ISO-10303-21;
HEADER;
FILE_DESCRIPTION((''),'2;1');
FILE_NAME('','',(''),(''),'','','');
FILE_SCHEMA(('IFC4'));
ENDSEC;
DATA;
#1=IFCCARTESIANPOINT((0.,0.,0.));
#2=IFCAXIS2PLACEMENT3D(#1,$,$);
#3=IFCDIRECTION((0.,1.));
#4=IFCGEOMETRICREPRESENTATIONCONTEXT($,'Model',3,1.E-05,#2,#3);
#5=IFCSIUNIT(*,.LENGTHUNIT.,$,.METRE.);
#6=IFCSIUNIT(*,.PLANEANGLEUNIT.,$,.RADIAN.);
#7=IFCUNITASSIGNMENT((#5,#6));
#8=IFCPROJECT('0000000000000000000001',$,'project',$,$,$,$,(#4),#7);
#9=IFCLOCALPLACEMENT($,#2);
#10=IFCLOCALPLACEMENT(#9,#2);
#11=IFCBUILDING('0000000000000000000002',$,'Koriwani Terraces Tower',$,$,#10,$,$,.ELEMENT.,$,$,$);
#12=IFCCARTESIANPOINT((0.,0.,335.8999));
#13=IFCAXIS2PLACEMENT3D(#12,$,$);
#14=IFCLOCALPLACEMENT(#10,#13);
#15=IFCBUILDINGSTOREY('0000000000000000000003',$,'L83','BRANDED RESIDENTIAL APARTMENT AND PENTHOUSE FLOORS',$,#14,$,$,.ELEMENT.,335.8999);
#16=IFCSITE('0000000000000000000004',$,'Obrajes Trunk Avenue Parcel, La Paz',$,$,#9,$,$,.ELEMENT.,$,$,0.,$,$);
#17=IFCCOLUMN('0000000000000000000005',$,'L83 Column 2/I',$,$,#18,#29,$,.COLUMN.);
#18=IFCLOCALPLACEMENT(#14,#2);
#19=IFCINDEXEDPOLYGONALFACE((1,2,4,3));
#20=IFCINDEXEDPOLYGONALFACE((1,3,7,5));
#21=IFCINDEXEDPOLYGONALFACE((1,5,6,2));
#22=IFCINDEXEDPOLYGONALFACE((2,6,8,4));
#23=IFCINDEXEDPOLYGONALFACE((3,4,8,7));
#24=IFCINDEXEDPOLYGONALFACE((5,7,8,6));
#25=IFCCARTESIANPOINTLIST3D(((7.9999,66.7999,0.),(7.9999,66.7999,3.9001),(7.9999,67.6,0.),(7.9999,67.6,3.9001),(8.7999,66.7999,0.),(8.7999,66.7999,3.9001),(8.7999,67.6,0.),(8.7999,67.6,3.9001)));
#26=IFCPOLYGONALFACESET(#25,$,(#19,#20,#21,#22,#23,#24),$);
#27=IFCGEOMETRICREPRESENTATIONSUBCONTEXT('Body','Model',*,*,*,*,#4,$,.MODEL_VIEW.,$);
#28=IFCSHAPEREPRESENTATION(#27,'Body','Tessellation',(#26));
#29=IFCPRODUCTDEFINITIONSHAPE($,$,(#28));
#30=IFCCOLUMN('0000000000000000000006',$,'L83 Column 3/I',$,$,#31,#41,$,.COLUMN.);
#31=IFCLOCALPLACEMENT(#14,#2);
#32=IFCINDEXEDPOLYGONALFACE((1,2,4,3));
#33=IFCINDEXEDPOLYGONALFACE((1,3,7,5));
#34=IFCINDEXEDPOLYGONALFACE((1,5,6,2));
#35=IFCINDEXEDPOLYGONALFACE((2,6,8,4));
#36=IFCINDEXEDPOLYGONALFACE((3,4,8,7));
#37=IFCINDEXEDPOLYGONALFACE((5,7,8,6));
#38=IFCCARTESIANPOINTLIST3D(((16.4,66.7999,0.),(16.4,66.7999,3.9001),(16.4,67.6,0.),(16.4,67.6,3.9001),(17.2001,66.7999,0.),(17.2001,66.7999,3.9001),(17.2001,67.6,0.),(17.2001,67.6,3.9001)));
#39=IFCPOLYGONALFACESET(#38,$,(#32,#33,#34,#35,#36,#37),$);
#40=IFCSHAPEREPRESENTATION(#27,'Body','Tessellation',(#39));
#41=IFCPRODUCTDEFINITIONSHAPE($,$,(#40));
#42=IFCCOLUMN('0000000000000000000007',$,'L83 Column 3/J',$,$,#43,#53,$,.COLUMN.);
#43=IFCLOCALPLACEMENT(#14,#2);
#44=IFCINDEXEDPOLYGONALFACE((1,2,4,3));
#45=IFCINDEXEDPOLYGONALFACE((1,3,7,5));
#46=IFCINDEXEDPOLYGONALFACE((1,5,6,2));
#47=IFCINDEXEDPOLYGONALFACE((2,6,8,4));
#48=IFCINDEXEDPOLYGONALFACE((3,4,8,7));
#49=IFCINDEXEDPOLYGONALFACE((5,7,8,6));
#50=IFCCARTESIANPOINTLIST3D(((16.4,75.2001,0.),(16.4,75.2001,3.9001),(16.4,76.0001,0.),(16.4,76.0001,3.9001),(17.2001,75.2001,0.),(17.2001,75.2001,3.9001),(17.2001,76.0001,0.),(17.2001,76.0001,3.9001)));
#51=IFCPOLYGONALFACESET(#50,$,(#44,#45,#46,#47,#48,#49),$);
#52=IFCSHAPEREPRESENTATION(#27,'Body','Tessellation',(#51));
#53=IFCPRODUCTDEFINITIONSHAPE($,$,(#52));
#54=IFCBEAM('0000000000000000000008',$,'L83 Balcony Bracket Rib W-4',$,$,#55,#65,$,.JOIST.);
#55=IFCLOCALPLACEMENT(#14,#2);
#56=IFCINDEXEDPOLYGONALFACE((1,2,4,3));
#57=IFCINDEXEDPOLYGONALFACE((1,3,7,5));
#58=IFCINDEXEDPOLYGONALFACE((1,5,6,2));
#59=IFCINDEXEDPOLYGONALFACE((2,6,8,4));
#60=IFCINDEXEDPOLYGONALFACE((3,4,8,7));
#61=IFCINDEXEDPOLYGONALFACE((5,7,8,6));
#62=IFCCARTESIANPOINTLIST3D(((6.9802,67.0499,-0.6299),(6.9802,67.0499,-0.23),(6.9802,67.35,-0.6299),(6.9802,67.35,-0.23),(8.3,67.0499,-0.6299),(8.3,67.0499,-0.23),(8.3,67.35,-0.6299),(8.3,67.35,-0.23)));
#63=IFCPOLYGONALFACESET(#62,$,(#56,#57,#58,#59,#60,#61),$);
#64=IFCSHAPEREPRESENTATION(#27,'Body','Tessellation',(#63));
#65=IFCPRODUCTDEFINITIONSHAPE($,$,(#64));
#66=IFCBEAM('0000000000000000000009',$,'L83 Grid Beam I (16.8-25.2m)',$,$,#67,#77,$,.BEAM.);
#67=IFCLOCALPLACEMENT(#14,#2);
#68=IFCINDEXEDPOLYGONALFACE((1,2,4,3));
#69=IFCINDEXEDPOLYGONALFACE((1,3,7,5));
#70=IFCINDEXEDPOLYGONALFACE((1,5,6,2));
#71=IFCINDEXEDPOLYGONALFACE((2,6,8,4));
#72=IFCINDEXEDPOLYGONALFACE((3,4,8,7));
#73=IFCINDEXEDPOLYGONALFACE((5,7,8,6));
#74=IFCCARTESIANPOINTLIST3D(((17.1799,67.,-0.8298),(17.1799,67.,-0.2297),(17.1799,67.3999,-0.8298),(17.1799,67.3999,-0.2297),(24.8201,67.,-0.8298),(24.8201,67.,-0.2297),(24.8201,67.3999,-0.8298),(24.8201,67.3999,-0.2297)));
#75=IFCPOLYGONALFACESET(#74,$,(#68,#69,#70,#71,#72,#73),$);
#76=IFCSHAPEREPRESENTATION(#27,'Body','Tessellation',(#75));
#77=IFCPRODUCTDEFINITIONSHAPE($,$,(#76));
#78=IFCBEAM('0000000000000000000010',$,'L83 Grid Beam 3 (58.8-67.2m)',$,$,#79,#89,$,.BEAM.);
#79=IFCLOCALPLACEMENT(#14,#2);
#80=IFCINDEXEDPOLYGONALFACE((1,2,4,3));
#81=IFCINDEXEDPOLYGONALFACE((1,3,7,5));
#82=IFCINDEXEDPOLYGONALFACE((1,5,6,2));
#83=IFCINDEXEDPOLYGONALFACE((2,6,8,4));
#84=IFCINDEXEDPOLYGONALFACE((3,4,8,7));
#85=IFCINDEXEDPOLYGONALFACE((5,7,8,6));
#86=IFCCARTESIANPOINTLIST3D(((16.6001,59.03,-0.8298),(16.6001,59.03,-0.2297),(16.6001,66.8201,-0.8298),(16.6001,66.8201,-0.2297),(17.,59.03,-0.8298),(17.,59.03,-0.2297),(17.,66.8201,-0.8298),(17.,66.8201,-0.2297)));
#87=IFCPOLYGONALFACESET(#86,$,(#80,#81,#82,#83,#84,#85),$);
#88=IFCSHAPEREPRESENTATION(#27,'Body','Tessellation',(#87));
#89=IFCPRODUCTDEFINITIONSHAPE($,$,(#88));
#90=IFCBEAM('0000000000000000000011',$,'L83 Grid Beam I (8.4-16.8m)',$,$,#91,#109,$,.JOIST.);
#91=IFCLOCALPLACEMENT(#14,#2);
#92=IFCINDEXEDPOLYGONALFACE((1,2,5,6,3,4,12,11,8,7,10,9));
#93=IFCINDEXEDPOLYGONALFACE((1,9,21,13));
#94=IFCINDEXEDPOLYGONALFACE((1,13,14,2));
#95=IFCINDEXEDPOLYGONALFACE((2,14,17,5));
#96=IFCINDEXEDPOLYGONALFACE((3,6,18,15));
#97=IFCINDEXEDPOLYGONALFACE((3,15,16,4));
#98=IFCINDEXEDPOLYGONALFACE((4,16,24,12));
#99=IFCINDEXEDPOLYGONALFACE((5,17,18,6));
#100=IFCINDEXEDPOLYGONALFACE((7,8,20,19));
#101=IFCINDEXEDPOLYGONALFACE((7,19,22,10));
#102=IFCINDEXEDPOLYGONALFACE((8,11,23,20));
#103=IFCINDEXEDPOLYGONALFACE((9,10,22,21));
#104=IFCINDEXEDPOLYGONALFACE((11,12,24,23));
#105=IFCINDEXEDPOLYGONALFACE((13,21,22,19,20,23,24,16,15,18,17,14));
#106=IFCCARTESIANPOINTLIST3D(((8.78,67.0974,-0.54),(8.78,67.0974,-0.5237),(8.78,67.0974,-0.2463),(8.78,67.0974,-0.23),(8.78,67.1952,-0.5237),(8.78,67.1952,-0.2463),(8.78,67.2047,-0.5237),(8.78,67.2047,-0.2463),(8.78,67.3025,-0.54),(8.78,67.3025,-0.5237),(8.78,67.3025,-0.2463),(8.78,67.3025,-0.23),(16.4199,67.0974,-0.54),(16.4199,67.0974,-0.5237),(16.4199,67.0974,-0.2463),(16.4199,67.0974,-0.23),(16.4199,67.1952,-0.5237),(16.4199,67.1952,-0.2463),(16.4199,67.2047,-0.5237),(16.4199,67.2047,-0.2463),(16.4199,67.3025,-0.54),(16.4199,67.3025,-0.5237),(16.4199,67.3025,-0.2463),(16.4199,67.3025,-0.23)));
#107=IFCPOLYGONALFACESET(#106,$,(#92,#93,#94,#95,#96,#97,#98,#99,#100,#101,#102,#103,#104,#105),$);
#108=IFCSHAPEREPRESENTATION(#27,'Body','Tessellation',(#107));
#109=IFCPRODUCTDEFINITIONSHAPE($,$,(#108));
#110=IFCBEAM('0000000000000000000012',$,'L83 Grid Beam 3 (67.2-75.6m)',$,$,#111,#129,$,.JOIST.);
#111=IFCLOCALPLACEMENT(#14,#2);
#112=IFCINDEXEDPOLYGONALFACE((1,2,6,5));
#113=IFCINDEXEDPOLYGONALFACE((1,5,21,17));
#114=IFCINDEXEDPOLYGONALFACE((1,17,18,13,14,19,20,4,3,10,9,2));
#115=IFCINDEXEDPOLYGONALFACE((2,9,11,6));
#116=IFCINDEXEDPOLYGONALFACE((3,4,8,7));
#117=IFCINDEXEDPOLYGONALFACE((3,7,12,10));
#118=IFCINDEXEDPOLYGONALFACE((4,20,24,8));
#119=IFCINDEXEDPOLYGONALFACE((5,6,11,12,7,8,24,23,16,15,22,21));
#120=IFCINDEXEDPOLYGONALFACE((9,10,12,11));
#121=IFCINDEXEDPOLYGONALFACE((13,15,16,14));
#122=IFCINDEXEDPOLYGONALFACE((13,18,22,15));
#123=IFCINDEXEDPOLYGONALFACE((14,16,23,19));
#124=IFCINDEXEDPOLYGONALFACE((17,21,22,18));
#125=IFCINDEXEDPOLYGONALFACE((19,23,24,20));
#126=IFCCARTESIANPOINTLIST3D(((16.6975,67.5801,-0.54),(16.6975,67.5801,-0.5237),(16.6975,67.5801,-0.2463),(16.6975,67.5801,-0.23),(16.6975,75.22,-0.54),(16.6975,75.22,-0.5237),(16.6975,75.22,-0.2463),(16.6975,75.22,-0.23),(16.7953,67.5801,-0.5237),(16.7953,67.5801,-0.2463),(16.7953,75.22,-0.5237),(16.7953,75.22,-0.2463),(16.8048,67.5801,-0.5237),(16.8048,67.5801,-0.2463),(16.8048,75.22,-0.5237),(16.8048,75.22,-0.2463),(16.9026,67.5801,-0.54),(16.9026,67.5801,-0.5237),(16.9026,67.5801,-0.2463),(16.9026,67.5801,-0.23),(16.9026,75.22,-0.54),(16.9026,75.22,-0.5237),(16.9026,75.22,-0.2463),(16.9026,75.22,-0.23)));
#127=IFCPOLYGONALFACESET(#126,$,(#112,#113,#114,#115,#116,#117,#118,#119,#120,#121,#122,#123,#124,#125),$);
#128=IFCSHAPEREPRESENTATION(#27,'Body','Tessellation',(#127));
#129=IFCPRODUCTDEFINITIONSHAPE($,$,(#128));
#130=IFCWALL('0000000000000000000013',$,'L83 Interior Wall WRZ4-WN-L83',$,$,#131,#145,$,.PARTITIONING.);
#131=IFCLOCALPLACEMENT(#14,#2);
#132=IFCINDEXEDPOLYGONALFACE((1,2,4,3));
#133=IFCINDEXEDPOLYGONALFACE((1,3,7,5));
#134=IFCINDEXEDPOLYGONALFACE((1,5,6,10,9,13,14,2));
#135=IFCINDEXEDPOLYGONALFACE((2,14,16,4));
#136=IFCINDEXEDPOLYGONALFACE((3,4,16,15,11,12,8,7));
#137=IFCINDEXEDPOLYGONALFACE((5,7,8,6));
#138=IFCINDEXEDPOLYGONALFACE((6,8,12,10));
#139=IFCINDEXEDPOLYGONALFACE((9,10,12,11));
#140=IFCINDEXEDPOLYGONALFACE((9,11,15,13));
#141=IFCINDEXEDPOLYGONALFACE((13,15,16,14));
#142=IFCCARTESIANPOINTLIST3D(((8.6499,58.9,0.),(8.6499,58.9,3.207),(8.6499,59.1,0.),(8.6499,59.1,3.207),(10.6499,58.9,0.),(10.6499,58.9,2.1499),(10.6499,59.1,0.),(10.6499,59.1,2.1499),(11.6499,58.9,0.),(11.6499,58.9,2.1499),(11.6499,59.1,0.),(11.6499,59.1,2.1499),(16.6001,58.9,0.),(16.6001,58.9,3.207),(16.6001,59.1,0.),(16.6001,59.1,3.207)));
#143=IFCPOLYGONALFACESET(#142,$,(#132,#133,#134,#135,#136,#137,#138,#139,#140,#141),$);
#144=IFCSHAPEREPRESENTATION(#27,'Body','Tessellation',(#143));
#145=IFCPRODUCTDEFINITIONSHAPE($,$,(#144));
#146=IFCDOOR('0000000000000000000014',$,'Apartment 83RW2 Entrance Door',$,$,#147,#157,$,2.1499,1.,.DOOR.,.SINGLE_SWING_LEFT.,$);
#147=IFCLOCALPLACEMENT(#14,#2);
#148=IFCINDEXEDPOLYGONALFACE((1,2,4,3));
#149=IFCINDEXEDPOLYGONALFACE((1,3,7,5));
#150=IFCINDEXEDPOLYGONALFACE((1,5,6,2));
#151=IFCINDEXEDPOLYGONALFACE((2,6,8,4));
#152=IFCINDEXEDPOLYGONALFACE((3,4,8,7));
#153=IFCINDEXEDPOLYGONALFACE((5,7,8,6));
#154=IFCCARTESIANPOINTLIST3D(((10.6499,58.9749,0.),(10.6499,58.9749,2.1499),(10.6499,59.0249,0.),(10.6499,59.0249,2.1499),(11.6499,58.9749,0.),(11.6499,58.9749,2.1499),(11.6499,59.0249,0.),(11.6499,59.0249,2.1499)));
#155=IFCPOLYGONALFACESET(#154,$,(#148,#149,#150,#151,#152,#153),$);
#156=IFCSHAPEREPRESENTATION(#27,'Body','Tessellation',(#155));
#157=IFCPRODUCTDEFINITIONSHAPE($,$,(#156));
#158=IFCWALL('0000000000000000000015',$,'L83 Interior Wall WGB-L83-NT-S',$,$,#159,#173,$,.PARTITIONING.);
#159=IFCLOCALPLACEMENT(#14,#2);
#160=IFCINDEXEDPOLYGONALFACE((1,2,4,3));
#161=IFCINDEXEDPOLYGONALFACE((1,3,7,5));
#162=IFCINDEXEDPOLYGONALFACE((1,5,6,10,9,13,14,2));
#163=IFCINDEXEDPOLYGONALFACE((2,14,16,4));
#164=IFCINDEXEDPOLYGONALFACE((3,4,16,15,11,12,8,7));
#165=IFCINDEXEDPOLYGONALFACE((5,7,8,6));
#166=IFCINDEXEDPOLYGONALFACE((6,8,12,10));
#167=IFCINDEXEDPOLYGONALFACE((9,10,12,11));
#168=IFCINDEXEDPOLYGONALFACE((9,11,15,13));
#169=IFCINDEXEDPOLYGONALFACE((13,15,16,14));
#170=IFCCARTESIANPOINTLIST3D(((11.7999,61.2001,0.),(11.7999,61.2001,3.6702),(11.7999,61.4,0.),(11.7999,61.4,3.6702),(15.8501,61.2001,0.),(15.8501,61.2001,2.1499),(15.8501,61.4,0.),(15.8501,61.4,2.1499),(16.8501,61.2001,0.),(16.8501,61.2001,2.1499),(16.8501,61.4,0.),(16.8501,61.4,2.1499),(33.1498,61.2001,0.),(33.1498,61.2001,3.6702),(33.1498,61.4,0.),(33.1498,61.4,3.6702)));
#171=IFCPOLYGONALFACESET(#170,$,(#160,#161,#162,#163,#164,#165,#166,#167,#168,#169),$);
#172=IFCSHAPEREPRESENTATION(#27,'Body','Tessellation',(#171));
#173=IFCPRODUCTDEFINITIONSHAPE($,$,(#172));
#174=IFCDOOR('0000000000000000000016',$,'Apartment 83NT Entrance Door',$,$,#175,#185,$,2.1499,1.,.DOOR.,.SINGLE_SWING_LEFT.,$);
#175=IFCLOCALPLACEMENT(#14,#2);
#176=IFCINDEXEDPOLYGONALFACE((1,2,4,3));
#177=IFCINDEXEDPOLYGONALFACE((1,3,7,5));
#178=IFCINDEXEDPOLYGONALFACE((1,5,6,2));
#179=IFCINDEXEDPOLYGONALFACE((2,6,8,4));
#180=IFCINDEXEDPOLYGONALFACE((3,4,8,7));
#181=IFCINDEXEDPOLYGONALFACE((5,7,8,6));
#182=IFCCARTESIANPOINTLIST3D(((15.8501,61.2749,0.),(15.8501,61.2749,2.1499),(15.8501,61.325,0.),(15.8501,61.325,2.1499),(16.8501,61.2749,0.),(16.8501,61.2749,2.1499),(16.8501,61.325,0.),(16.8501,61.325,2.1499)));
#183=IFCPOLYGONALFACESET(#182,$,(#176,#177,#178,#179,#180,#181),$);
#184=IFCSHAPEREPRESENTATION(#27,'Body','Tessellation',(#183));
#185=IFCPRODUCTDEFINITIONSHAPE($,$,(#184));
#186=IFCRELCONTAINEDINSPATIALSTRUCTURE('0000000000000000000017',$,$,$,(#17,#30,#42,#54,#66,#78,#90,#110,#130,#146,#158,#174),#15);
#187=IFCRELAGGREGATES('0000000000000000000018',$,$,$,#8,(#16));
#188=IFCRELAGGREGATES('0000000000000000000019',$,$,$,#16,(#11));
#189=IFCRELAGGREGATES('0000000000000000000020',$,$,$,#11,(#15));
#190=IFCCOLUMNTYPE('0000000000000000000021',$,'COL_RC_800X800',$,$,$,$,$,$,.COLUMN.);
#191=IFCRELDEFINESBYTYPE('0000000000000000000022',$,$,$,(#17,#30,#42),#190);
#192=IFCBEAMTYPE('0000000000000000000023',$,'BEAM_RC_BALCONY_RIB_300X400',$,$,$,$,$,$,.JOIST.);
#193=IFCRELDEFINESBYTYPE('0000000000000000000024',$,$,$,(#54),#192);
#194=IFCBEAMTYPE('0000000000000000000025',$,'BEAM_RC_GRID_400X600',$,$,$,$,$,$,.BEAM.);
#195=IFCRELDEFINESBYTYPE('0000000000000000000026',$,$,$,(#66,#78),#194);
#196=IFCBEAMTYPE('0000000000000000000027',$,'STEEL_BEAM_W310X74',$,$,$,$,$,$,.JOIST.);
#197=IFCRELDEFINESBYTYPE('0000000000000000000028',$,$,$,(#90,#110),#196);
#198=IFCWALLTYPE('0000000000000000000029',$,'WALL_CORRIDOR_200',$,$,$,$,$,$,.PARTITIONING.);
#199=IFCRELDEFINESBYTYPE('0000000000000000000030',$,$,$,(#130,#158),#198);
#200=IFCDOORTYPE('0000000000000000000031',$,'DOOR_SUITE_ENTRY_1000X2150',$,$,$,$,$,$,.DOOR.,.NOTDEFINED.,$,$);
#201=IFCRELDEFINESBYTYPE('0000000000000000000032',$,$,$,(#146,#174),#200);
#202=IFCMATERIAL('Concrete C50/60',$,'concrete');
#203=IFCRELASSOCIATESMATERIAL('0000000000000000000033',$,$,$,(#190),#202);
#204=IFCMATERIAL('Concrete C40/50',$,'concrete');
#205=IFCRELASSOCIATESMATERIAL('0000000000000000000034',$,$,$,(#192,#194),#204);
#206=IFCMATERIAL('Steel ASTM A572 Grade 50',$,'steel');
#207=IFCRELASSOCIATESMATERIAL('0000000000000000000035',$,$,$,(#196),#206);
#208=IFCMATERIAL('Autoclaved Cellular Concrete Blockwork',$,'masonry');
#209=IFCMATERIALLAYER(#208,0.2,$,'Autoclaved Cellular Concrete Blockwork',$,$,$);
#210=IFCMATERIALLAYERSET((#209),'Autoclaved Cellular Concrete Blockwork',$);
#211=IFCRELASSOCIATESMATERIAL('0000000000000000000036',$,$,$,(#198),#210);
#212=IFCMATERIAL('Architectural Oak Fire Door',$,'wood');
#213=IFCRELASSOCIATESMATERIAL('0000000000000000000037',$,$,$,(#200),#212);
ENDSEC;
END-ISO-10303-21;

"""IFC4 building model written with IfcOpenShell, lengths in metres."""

from ifc_helpers import new_model, si_unit, direction, frame, frame_2d, origin, origin_2d, place, context, subcontext, project, spatial, rectangle, i_section, extrude, material, layer, layer_set, material_profile, profile_set, type_object, element, fill, save


model = new_model("IFC4")

# Units and contexts
model_context = context("Model", 3, precision=1e-05, world=origin(), true_north=direction((0.0, 1.0)))
body_context = subcontext(model_context, "Body", "Model", "MODEL_VIEW")
ifc_project = project(units=[si_unit("LENGTHUNIT", "METRE"), si_unit("PLANEANGLEUNIT", "RADIAN")], contexts=[model_context])

# Site, building, storey
site_placement = place(None, origin())
site = spatial("IfcSite", under=ifc_project, at=site_placement, Name="Obrajes Trunk Avenue Parcel, La Paz", CompositionType="ELEMENT", RefElevation=0.0)
building_placement = place(site_placement, origin())
building = spatial("IfcBuilding", under=site, at=building_placement, Name="Koriwani Terraces Tower", CompositionType="ELEMENT")
storey_placement = place(building_placement, frame((0.0, 0.0, 335.8999)))
storey = spatial("IfcBuildingStorey", under=building, at=storey_placement, Name="L83", Description="BRANDED RESIDENTIAL APARTMENT AND PENTHOUSE FLOORS", CompositionType="ELEMENT", Elevation=335.8999)

# Columns
ifc_material_1 = material(Name="Concrete C50/60", Category="concrete")
ifc_material_profile_1 = material_profile(ifc_material_1, rectangle(XDim=0.8, YDim=0.8, at=origin_2d()), Name="Concrete C50/60", Category="LoadBearing")
ifc_profile_set_1 = profile_set([ifc_material_profile_1], Name="Concrete C50/60")
column_type = type_object("IfcColumnType", Name="COL_RC_800X800", PredefinedType="COLUMN", material=ifc_profile_set_1)
for number, where, z_axis, x_axis, name in (
    (1, (8.3999, 67.2, 0.0), (0.0, 0.0, 1.0), (1.0, 0.0, 0.0), "L83 Column 2/I"),
    (2, (16.8, 67.2, 0.0), (0.0, 0.0, 1.0), (1.0, 0.0, 0.0), "L83 Column 3/I"),
    (3, (16.8, 75.6001, 0.0), (0.0, 0.0, 1.0), (1.0, 0.0, 0.0), "L83 Column 3/J"),
):
    element("IfcColumn", number, at=place(storey_placement, frame(where, z_axis=z_axis, x_axis=x_axis)), inside=storey, type_object=column_type, Name=name, PredefinedType="COLUMN", context=body_context, shape_type="SweptSolid", body=[
        extrude(rectangle(XDim=0.8, YDim=0.8, at=origin_2d()), origin(), (0.0, 0.0, 1.0), 3.9001),
    ])

# Beams
ifc_material_2 = material(Name="Concrete C40/50", Category="concrete")
ifc_material_profile_2 = material_profile(ifc_material_2, rectangle(XDim=0.3, YDim=0.3999, at=origin_2d()), Name="Concrete C40/50", Category="LoadBearing")
ifc_profile_set_2 = profile_set([ifc_material_profile_2], Name="Concrete C40/50")
beam_type_1 = type_object("IfcBeamType", Name="BEAM_RC_BALCONY_RIB_300X400", PredefinedType="JOIST", material=ifc_profile_set_2)
beam_1_placement = place(storey_placement, frame((6.9802, 67.2, -0.4299), z_axis=(1.0, 0.0, 0.0), x_axis=(0.0, 1.0, 0.0)))
element("IfcBeam", 4, at=beam_1_placement, inside=storey, type_object=beam_type_1, Name="L83 Balcony Bracket Rib W-4", PredefinedType="JOIST", context=body_context, shape_type="SweptSolid", body=[
    extrude(rectangle(XDim=0.3, YDim=0.3999, at=origin_2d()), origin(), (0.0, 0.0, 1.0), 1.3198),
])
ifc_material_profile_3 = material_profile(ifc_material_2, rectangle(XDim=0.3999, YDim=0.6001, at=origin_2d()), Name="Concrete C40/50", Category="LoadBearing")
ifc_profile_set_3 = profile_set([ifc_material_profile_3], Name="Concrete C40/50")
beam_type_2 = type_object("IfcBeamType", Name="BEAM_RC_GRID_400X600", PredefinedType="BEAM", material=ifc_profile_set_3)
beam_2_placement = place(storey_placement, frame((17.1799, 67.2, -0.5298), z_axis=(1.0, 0.0, 0.0), x_axis=(0.0, 1.0, 0.0)))
element("IfcBeam", 5, at=beam_2_placement, inside=storey, type_object=beam_type_2, Name="L83 Grid Beam I (16.8-25.2m)", PredefinedType="BEAM", context=body_context, shape_type="SweptSolid", body=[
    extrude(rectangle(XDim=0.3999, YDim=0.6001, at=origin_2d()), origin(), (0.0, 0.0, 1.0), 7.6401),
])
beam_3_placement = place(storey_placement, frame((16.8, 59.03, -0.5298), z_axis=(0.0, 1.0, 0.0), x_axis=(-1.0, 0.0, 0.0)))
element("IfcBeam", 6, at=beam_3_placement, inside=storey, type_object=beam_type_2, Name="L83 Grid Beam 3 (58.8-67.2m)", PredefinedType="BEAM", context=body_context, shape_type="SweptSolid", body=[
    extrude(rectangle(XDim=0.3999, YDim=0.6001, at=origin_2d()), origin(), (0.0, 0.0, 1.0), 7.79),
])
ifc_material_3 = material(Name="Steel ASTM A572 Grade 50", Category="steel")
ifc_material_profile_4 = material_profile(ifc_material_3, i_section(OverallWidth=0.2051, OverallDepth=0.3101, WebThickness=0.0095, FlangeThickness=0.0164, at=origin_2d()), Name="Steel ASTM A572 Grade 50", Category="LoadBearing")
ifc_profile_set_4 = profile_set([ifc_material_profile_4], Name="Steel ASTM A572 Grade 50")
beam_type_3 = type_object("IfcBeamType", Name="STEEL_BEAM_W310X74", PredefinedType="JOIST", material=ifc_profile_set_4)
for number, where, z_axis, x_axis, name in (
    (7, (8.78, 67.2, -0.385), (1.0, 0.0, 0.0), (0.0, 1.0, 0.0), "L83 Grid Beam I (8.4-16.8m)"),
    (8, (16.8, 67.5801, -0.385), (0.0, 1.0, 0.0), (-1.0, 0.0, 0.0), "L83 Grid Beam 3 (67.2-75.6m)"),
):
    element("IfcBeam", number, at=place(storey_placement, frame(where, z_axis=z_axis, x_axis=x_axis)), inside=storey, type_object=beam_type_3, Name=name, PredefinedType="JOIST", context=body_context, shape_type="SweptSolid", body=[
        extrude(i_section(OverallWidth=0.2051, OverallDepth=0.3101, WebThickness=0.0095, FlangeThickness=0.0164, at=origin_2d()), origin(), (0.0, 0.0, 1.0), 7.6399),
    ])

# Walls, openings, doors
ifc_material_4 = material(Name="Autoclaved Cellular Concrete Blockwork", Category="masonry")
ifc_layer_1 = layer(ifc_material_4, 0.2, Name="Autoclaved Cellular Concrete Blockwork")
ifc_layer_set_1 = layer_set([ifc_layer_1], Name="Autoclaved Cellular Concrete Blockwork")
wall_type_1 = type_object("IfcWallType", Name="WALL_CORRIDOR_200", PredefinedType="PARTITIONING", material=ifc_layer_set_1)
wall_1_placement = place(storey_placement, frame((8.6499, 59.0, 0.0), z_axis=(0.0, 0.0, 1.0), x_axis=(1.0, 0.0, 0.0)))
wall_1 = element("IfcWall", 9, at=wall_1_placement, inside=storey, type_object=wall_type_1, Name="L83 Interior Wall WRZ4-WN-L83", PredefinedType="PARTITIONING", context=body_context, shape_type="SweptSolid", body=[
    extrude(rectangle(XDim=7.9502, YDim=0.2, at=frame_2d((3.9751, 0.0))), origin(), (0.0, 0.0, 1.0), 3.207),
])
opening_1_placement = place(wall_1_placement, frame((2.0, 0.0, 0.0)))
opening_1 = element("IfcOpeningElement", 10, at=opening_1_placement, cuts=wall_1, PredefinedType="OPENING", context=body_context, shape_type="SweptSolid", body=[
    extrude(rectangle(XDim=1.0, YDim=2.1499, at=frame_2d((0.5, 1.075))), frame((0.0, 0.1099, 0.0), z_axis=(0.0, -1.0, 0.0), x_axis=(1.0, 0.0, 0.0)), (0.0, 0.0, 1.0), 0.22),
])
ifc_material_5 = material(Name="Architectural Oak Fire Door", Category="wood")
door_type_1 = type_object("IfcDoorType", Name="DOOR_SUITE_ENTRY_1000X2150", OperationType="NOTDEFINED", PredefinedType="DOOR", material=ifc_material_5)
door_1_placement = place(opening_1_placement, origin())
door_1 = element("IfcDoor", 11, at=door_1_placement, inside=storey, type_object=door_type_1, Name="Apartment 83RW2 Entrance Door", OperationType="SINGLE_SWING_LEFT", OverallHeight=2.1499, OverallWidth=1.0, PredefinedType="DOOR", context=body_context, shape_type="SweptSolid", body=[
    extrude(rectangle(XDim=1.0, YDim=2.1499, at=frame_2d((0.5, 1.075))), frame((0.0, 0.0249, 0.0), z_axis=(0.0, -1.0, 0.0), x_axis=(1.0, 0.0, 0.0)), (0.0, 0.0, 1.0), 0.05),
])
fill(opening_1, door_1)
wall_2_placement = place(storey_placement, frame((11.8, 61.3, 0.0), z_axis=(0.0, 0.0, 1.0), x_axis=(1.0, 0.0, 0.0)))
wall_2 = element("IfcWall", 12, at=wall_2_placement, inside=storey, type_object=wall_type_1, Name="L83 Interior Wall WGB-L83-NT-S", PredefinedType="PARTITIONING", context=body_context, shape_type="SweptSolid", body=[
    extrude(rectangle(XDim=21.3499, YDim=0.2, at=frame_2d((10.6748, 0.0))), origin(), (0.0, 0.0, 1.0), 3.6702),
])
opening_2_placement = place(wall_2_placement, frame((4.05, 0.0, 0.0)))
opening_2 = element("IfcOpeningElement", 13, at=opening_2_placement, cuts=wall_2, PredefinedType="OPENING", context=body_context, shape_type="SweptSolid", body=[
    extrude(rectangle(XDim=1.0, YDim=2.1499, at=frame_2d((0.5, 1.075))), frame((0.0, 0.1099, 0.0), z_axis=(0.0, -1.0, 0.0), x_axis=(1.0, 0.0, 0.0)), (0.0, 0.0, 1.0), 0.22),
])
door_2_placement = place(opening_2_placement, origin())
door_2 = element("IfcDoor", 14, at=door_2_placement, inside=storey, type_object=door_type_1, Name="Apartment 83NT Entrance Door", OperationType="SINGLE_SWING_LEFT", OverallHeight=2.1499, OverallWidth=1.0, PredefinedType="DOOR", context=body_context, shape_type="SweptSolid", body=[
    extrude(rectangle(XDim=1.0, YDim=2.1499, at=frame_2d((0.5, 1.075))), frame((0.0, 0.0249, 0.0), z_axis=(0.0, -1.0, 0.0), x_axis=(1.0, 0.0, 0.0)), (0.0, 0.0, 1.0), 0.05),
])
fill(opening_2, door_2)

save(model, "model.ifc")
